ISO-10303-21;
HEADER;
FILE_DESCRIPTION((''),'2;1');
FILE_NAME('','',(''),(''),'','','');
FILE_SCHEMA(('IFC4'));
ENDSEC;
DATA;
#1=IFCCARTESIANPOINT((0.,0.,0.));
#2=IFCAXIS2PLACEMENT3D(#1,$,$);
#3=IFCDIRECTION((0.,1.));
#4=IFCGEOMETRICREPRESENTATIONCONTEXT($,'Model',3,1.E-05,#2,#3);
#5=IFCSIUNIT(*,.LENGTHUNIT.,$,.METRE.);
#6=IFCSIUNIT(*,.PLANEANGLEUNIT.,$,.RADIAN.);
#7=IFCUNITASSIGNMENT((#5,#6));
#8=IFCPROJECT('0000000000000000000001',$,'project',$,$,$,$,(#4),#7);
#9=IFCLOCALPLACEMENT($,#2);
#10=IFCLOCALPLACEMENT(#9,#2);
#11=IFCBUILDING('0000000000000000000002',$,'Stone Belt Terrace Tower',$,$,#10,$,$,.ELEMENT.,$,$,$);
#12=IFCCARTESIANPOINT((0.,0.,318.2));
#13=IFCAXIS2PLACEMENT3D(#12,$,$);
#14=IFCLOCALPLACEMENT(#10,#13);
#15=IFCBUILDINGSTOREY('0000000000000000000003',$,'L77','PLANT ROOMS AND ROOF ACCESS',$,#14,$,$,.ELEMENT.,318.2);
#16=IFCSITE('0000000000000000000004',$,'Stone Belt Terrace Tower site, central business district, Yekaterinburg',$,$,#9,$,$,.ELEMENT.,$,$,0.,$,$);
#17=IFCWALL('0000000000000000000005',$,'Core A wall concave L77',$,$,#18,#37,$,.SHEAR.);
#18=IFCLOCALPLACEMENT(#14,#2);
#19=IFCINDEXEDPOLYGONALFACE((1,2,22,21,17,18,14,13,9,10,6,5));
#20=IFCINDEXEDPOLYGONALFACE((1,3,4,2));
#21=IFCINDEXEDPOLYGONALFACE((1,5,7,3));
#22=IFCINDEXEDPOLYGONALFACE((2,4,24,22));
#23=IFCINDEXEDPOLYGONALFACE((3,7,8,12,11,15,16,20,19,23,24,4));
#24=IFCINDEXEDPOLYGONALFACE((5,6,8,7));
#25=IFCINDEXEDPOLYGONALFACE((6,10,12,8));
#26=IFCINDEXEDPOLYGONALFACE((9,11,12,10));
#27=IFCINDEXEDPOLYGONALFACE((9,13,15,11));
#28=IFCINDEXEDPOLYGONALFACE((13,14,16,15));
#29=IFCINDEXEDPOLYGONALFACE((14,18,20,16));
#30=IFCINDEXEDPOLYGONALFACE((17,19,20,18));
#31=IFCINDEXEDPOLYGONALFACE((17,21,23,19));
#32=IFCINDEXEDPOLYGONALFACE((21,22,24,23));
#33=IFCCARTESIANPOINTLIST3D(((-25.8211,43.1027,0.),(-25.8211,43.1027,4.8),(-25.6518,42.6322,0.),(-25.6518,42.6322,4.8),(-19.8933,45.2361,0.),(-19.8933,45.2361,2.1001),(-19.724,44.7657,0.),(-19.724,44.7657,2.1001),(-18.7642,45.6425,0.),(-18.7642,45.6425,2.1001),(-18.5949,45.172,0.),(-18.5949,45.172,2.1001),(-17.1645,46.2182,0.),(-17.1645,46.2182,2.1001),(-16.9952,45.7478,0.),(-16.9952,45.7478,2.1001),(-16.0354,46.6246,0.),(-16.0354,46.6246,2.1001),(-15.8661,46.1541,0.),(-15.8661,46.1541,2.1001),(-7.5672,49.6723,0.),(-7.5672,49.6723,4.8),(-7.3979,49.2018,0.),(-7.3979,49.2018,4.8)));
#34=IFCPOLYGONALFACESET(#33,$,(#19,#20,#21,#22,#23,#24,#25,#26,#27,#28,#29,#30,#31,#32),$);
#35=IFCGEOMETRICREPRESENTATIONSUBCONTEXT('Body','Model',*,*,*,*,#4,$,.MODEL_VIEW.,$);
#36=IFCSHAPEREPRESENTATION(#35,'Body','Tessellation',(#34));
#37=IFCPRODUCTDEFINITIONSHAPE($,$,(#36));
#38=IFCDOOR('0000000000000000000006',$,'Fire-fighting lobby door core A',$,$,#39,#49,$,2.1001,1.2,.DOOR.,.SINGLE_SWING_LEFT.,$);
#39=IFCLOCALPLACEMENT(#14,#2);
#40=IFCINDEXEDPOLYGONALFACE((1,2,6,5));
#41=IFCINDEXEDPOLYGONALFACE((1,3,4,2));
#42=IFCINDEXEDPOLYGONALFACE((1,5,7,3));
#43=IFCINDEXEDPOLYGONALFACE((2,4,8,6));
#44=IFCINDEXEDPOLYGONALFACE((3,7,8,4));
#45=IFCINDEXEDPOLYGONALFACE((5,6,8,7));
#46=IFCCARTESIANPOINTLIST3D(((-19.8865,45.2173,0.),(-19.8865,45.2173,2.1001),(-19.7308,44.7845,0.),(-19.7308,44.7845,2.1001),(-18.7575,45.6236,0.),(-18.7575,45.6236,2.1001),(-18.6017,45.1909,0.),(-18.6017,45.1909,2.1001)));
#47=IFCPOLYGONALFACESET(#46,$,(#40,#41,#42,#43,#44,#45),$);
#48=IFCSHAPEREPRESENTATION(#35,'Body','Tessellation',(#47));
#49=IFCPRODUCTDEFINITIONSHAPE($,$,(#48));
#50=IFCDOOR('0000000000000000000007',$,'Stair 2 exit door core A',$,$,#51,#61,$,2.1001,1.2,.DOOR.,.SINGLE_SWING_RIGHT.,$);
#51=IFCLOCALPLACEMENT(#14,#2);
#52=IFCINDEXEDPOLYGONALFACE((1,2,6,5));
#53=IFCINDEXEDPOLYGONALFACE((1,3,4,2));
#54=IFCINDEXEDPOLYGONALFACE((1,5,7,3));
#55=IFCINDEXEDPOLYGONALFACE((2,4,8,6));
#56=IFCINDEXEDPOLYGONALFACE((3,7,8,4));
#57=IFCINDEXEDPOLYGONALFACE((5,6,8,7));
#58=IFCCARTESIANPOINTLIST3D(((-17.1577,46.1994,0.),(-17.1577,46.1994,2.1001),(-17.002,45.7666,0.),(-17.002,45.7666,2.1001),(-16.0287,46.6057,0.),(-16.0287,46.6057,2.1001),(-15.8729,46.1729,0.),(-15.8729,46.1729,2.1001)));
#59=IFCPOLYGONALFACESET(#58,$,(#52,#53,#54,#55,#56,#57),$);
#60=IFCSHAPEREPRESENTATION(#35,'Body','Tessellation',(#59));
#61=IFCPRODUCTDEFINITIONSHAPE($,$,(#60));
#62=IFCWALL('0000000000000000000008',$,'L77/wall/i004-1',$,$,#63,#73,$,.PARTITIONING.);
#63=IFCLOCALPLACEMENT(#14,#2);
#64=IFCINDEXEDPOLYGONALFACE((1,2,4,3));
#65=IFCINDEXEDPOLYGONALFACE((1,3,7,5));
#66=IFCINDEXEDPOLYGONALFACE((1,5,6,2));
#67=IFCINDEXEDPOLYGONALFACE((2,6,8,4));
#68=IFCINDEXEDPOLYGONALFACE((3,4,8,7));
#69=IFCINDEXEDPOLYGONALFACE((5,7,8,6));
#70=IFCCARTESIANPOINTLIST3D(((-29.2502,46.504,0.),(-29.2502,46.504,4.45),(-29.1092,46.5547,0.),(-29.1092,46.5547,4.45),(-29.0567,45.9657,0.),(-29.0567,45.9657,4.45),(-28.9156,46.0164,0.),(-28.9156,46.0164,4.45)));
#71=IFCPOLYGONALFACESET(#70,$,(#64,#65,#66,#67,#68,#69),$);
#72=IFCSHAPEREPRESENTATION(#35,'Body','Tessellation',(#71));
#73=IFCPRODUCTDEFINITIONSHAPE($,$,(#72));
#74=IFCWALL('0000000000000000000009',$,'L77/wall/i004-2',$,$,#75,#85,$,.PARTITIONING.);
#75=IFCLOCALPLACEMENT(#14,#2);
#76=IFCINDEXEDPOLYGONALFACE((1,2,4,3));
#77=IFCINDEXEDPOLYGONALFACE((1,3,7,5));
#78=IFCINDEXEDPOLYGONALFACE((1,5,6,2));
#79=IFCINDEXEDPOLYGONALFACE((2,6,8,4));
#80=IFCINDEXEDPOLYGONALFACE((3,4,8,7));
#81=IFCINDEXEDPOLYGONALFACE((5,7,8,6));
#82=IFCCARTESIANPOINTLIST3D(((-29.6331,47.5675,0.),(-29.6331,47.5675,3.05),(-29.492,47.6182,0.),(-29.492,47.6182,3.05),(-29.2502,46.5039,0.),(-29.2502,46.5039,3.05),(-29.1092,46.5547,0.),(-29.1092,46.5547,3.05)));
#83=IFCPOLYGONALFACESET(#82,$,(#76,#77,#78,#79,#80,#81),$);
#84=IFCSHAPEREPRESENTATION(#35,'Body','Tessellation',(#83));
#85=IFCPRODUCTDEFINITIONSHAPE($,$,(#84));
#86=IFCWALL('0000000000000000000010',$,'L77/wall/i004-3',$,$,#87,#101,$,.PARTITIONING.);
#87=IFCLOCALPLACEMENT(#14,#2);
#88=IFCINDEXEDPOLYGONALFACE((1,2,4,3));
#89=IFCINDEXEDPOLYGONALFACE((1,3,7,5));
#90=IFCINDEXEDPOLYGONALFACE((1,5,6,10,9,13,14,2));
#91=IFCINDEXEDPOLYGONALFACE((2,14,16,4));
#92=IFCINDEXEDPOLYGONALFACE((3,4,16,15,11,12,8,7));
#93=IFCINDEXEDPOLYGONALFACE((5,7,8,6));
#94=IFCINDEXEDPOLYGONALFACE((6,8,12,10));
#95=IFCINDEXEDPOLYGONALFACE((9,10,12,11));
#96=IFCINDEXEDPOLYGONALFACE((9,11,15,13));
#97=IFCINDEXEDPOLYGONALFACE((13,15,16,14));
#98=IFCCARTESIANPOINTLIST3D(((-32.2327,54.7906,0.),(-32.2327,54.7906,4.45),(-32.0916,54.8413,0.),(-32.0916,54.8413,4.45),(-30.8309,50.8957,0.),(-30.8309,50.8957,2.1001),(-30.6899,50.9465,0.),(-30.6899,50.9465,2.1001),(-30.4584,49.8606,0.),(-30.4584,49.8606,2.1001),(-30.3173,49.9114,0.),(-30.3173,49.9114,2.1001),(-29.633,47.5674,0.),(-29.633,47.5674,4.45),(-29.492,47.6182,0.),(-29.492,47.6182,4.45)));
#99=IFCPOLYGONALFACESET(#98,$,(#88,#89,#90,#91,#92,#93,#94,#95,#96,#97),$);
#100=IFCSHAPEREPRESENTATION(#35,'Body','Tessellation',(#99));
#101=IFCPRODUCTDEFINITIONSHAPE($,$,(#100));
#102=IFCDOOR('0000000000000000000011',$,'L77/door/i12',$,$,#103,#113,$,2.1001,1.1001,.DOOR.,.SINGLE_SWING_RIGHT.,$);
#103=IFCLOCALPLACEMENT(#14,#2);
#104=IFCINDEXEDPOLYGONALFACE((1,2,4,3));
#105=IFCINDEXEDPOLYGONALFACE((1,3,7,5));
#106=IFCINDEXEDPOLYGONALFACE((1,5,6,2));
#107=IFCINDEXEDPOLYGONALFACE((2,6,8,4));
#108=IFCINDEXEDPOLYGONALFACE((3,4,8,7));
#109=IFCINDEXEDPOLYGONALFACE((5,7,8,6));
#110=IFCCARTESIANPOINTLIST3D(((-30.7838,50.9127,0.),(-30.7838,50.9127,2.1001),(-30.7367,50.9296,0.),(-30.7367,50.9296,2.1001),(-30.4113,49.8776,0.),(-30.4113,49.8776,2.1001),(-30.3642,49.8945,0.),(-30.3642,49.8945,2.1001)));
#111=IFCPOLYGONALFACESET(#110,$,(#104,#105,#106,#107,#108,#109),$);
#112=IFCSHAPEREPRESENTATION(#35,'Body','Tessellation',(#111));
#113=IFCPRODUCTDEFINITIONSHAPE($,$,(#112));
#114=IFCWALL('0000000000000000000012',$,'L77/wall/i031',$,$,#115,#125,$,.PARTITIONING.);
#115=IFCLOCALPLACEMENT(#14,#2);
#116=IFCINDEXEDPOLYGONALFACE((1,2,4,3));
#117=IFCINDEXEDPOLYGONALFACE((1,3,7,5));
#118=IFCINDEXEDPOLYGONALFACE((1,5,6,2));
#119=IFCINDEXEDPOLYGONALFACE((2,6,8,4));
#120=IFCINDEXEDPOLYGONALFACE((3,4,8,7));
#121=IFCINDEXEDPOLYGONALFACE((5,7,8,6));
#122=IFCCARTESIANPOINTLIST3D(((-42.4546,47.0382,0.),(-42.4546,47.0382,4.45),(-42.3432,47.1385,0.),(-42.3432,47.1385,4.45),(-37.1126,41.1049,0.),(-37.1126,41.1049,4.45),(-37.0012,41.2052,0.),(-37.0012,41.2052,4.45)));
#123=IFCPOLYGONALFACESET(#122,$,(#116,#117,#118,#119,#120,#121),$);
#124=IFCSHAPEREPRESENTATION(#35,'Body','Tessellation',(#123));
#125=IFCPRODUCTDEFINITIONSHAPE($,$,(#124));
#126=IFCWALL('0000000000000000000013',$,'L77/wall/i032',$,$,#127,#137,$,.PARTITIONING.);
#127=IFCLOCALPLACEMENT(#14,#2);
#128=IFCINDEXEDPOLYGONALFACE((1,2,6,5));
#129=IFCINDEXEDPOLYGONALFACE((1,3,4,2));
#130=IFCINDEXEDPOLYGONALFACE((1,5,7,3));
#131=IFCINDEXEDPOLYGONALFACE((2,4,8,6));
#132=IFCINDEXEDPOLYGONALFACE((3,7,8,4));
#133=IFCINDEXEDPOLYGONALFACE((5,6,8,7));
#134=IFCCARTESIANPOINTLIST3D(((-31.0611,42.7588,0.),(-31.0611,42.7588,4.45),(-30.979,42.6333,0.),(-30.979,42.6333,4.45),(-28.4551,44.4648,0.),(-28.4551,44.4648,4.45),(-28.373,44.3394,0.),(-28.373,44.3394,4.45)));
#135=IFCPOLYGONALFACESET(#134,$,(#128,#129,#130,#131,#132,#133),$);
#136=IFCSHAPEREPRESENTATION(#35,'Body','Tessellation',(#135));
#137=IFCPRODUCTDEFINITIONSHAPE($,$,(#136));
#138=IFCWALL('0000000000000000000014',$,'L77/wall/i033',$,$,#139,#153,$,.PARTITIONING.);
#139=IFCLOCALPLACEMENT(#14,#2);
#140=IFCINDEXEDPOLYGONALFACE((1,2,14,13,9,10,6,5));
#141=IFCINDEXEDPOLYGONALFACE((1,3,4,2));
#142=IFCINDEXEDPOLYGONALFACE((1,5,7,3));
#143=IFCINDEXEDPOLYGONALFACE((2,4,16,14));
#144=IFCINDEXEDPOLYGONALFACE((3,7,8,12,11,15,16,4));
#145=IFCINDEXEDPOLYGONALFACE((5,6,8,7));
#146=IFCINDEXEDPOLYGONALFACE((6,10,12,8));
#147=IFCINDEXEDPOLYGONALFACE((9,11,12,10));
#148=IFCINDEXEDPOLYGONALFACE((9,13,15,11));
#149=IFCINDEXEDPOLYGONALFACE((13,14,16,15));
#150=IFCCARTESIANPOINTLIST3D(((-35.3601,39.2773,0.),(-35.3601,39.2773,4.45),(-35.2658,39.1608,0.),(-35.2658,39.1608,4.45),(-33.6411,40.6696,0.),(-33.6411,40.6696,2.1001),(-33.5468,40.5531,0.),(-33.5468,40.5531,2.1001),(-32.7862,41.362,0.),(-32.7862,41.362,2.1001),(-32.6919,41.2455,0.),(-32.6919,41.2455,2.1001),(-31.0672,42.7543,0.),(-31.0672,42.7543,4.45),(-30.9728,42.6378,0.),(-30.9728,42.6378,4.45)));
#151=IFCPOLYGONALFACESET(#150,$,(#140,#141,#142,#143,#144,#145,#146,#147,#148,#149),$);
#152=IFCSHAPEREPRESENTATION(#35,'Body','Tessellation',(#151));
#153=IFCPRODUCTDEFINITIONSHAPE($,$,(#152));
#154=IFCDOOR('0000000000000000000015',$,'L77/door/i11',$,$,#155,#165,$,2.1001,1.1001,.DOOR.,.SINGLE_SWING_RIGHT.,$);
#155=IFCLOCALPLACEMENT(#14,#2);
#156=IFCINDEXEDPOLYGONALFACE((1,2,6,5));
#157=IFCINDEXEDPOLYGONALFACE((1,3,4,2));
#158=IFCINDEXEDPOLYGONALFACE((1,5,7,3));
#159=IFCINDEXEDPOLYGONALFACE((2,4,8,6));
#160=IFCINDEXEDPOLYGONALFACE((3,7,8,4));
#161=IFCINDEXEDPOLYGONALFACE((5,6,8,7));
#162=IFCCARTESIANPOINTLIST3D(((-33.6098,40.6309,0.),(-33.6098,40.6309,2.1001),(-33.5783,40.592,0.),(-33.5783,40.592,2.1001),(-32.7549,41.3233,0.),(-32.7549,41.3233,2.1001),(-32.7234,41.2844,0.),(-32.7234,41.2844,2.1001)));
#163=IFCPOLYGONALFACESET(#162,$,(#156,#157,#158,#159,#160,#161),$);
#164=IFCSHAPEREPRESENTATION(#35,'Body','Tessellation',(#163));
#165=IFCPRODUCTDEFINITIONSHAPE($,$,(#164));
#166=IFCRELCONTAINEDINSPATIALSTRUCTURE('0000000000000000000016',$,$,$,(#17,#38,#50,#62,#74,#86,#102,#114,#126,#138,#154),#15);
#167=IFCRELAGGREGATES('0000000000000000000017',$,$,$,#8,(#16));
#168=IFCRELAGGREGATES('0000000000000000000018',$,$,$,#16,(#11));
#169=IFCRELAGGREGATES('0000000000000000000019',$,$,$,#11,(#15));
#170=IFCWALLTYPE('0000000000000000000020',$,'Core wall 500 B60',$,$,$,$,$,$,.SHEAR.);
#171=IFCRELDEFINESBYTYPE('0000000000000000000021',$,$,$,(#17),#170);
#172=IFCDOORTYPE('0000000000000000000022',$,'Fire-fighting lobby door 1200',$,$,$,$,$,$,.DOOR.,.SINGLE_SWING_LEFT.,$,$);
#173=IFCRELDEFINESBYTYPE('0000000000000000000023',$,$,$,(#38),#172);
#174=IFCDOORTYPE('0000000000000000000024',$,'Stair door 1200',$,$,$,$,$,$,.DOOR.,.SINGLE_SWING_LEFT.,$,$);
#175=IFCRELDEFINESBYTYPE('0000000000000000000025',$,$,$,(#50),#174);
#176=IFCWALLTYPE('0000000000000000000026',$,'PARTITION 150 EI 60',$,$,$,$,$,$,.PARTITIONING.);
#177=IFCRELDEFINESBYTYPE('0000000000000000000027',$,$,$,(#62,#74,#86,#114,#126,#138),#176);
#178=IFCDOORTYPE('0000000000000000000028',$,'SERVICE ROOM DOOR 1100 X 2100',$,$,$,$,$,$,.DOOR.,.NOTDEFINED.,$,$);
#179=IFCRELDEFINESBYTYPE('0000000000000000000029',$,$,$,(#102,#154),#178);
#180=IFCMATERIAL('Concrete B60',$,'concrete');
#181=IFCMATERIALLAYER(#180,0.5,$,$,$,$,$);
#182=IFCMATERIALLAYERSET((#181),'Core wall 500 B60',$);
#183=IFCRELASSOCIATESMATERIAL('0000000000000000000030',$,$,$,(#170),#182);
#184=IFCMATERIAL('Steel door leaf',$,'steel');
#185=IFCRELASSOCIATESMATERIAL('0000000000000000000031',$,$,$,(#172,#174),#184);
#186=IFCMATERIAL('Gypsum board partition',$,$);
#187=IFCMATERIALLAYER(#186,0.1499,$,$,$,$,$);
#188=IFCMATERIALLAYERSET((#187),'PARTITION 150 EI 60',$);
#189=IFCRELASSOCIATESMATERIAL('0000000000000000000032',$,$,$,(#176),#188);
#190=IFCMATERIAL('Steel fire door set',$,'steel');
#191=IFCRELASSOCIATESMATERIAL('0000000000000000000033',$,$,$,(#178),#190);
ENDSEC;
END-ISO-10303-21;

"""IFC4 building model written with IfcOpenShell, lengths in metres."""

from ifc_helpers import new_model, si_unit, direction, frame, frame_2d, origin, place, context, subcontext, project, spatial, rectangle, extrude, material, layer, layer_set, type_object, element, fill, save


model = new_model("IFC4")

# Units and contexts
model_context = context("Model", 3, precision=1e-05, world=origin(), true_north=direction((0.0, 1.0)))
body_context = subcontext(model_context, "Body", "Model", "MODEL_VIEW")
ifc_project = project(units=[si_unit("LENGTHUNIT", "METRE"), si_unit("PLANEANGLEUNIT", "RADIAN")], contexts=[model_context])

# Site, building, storey
site_placement = place(None, origin())
site = spatial("IfcSite", under=ifc_project, at=site_placement, Name="Stone Belt Terrace Tower site, central business district, Yekaterinburg", CompositionType="ELEMENT", RefElevation=0.0)
building_placement = place(site_placement, origin())
building = spatial("IfcBuilding", under=site, at=building_placement, Name="Stone Belt Terrace Tower", CompositionType="ELEMENT")
storey_placement = place(building_placement, frame((0.0, 0.0, 318.2)))
storey = spatial("IfcBuildingStorey", under=building, at=storey_placement, Name="L77", Description="PLANT ROOMS AND ROOF ACCESS", CompositionType="ELEMENT", Elevation=318.2)

# Shared definitions
ifc_material_1 = material(Name="Concrete B60", Category="concrete")

# Wall, openings, doors
ifc_layer_1 = layer(ifc_material_1, 0.5)
ifc_layer_set_1 = layer_set([ifc_layer_1], Name="Core wall 500 B60")
wall_type_1 = type_object("IfcWallType", Name="Core wall 500 B60", PredefinedType="SHEAR", material=ifc_layer_set_1)
wall_1_placement = place(storey_placement, frame((-25.7366, 42.8674, 0.0), z_axis=(0.0, 0.0, 1.0), x_axis=(0.940917, 0.338636, 0.0)))
wall_1 = element("IfcWall", 1, at=wall_1_placement, inside=storey, type_object=wall_type_1, Name="Core A wall concave L77", PredefinedType="SHEAR", context=body_context, shape_type="SweptSolid", body=[
    extrude(rectangle(XDim=19.4001, YDim=0.5, at=frame_2d((9.7002, 0.0))), origin(), (0.0, 0.0, 1.0), 4.8),
])
opening_1_placement = place(wall_1_placement, frame((6.3, 0.0, 0.0)))
opening_1 = element("IfcOpeningElement", 2, at=opening_1_placement, cuts=wall_1, PredefinedType="OPENING", context=body_context, shape_type="SweptSolid", body=[
    extrude(rectangle(XDim=1.2, YDim=2.1001, at=frame_2d((0.6001, 1.05))), frame((0.0, 0.26, 0.0), z_axis=(0.0, -1.0, 0.0), x_axis=(1.0, 0.0, 0.0)), (0.0, 0.0, 1.0), 0.52),
])
opening_2_placement = place(wall_1_placement, frame((9.2002, 0.0, 0.0)))
opening_2 = element("IfcOpeningElement", 3, at=opening_2_placement, cuts=wall_1, PredefinedType="OPENING", context=body_context, shape_type="SweptSolid", body=[
    extrude(rectangle(XDim=1.2, YDim=2.1001, at=frame_2d((0.6001, 1.05))), frame((0.0, 0.26, 0.0), z_axis=(0.0, -1.0, 0.0), x_axis=(1.0, 0.0, 0.0)), (0.0, 0.0, 1.0), 0.52),
])
ifc_material_2 = material(Name="Steel door leaf", Category="steel")
door_type_1 = type_object("IfcDoorType", Name="Fire-fighting lobby door 1200", OperationType="SINGLE_SWING_LEFT", PredefinedType="DOOR", material=ifc_material_2)
door_1_placement = place(opening_1_placement, origin())
door_1 = element("IfcDoor", 4, at=door_1_placement, inside=storey, type_object=door_type_1, Name="Fire-fighting lobby door core A", OperationType="SINGLE_SWING_LEFT", OverallHeight=2.1001, OverallWidth=1.2, PredefinedType="DOOR", context=body_context, shape_type="SweptSolid", body=[
    extrude(rectangle(XDim=1.2, YDim=2.1001, at=frame_2d((0.6001, 1.05))), frame((0.0, 0.23, 0.0), z_axis=(0.0, -1.0, 0.0), x_axis=(1.0, 0.0, 0.0)), (0.0, 0.0, 1.0), 0.46),
])
fill(opening_1, door_1)
door_type_2 = type_object("IfcDoorType", Name="Stair door 1200", OperationType="SINGLE_SWING_LEFT", PredefinedType="DOOR", material=ifc_material_2)
door_2_placement = place(opening_2_placement, origin())
door_2 = element("IfcDoor", 5, at=door_2_placement, inside=storey, type_object=door_type_2, Name="Stair 2 exit door core A", OperationType="SINGLE_SWING_RIGHT", OverallHeight=2.1001, OverallWidth=1.2, PredefinedType="DOOR", context=body_context, shape_type="SweptSolid", body=[
    extrude(rectangle(XDim=1.2, YDim=2.1001, at=frame_2d((0.6001, 1.05))), frame((0.0, 0.23, 0.0), z_axis=(0.0, -1.0, 0.0), x_axis=(1.0, 0.0, 0.0)), (0.0, 0.0, 1.0), 0.46),
])
fill(opening_2, door_2)

# Walls
ifc_material_3 = material(Name="Gypsum board partition")
ifc_layer_2 = layer(ifc_material_3, 0.1499)
ifc_layer_set_2 = layer_set([ifc_layer_2], Name="PARTITION 150 EI 60")
wall_type_2 = type_object("IfcWallType", Name="PARTITION 150 EI 60", PredefinedType="PARTITIONING", material=ifc_layer_set_2)
wall_2_placement = place(storey_placement, frame((-28.9861, 45.991, 0.0), z_axis=(0.0, 0.0, 1.0), x_axis=(-0.338417, 0.940996, 0.0)))
element("IfcWall", 6, at=wall_2_placement, inside=storey, type_object=wall_type_2, Name="L77/wall/i004-1", PredefinedType="PARTITIONING", context=body_context, shape_type="SweptSolid", body=[
    extrude(rectangle(XDim=0.572, YDim=0.1499, at=frame_2d((0.2861, 0.0))), origin(), (0.0, 0.0, 1.0), 4.45),
])
wall_3_placement = place(storey_placement, frame((-29.1797, 46.5293, 0.0), z_axis=(0.0, 0.0, 1.0), x_axis=(-0.338689, 0.940898, 0.0)))
element("IfcWall", 7, at=wall_3_placement, inside=storey, type_object=wall_type_2, Name="L77/wall/i004-2", PredefinedType="PARTITIONING", context=body_context, shape_type="SweptSolid", body=[
    extrude(rectangle(XDim=1.1304, YDim=0.1499, at=frame_2d((0.5652, 0.0))), origin(), (0.0, 0.0, 1.0), 3.05),
])

# Wall, opening, door
wall_4_placement = place(storey_placement, frame((-29.5625, 47.5928, 0.0), z_axis=(0.0, 0.0, 1.0), x_axis=(-0.338636, 0.940917, 0.0)))
wall_4 = element("IfcWall", 8, at=wall_4_placement, inside=storey, type_object=wall_type_2, Name="L77/wall/i004-3", PredefinedType="PARTITIONING", context=body_context, shape_type="SweptSolid", body=[
    extrude(rectangle(XDim=7.6768, YDim=0.1499, at=frame_2d((3.8384, 0.0))), origin(), (0.0, 0.0, 1.0), 4.45),
])
opening_3_placement = place(wall_4_placement, frame((2.4373, 0.0, 0.0)))
opening_3 = element("IfcOpeningElement", 9, at=opening_3_placement, cuts=wall_4, PredefinedType="OPENING", context=body_context, shape_type="SweptSolid", body=[
    extrude(rectangle(XDim=1.1001, YDim=2.1001, at=frame_2d((0.55, 1.05))), frame((0.0, 0.085, 0.0), z_axis=(0.0, -1.0, 0.0), x_axis=(1.0, 0.0, 0.0)), (0.0, 0.0, 1.0), 0.1699),
])
ifc_material_4 = material(Name="Steel fire door set", Category="steel")
door_type_3 = type_object("IfcDoorType", Name="SERVICE ROOM DOOR 1100 X 2100", OperationType="NOTDEFINED", PredefinedType="DOOR", material=ifc_material_4)
door_3_placement = place(opening_3_placement, origin())
door_3 = element("IfcDoor", 10, at=door_3_placement, inside=storey, type_object=door_type_3, Name="L77/door/i12", OperationType="SINGLE_SWING_RIGHT", OverallHeight=2.1001, OverallWidth=1.1001, PredefinedType="DOOR", context=body_context, shape_type="SweptSolid", body=[
    extrude(rectangle(XDim=1.1001, YDim=2.1001, at=frame_2d((0.55, 1.05))), frame((0.0, 0.0249, 0.0), z_axis=(0.0, -1.0, 0.0), x_axis=(1.0, 0.0, 0.0)), (0.0, 0.0, 1.0), 0.05),
])
fill(opening_3, door_3)

# Walls
wall_5_placement = place(storey_placement, frame((-42.3989, 47.0884, 0.0), z_axis=(0.0, 0.0, 1.0), x_axis=(0.669105, -0.743168, 0.0)))
element("IfcWall", 11, at=wall_5_placement, inside=storey, type_object=wall_type_2, Name="L77/wall/i031", PredefinedType="PARTITIONING", context=body_context, shape_type="SweptSolid", body=[
    extrude(rectangle(XDim=7.9839, YDim=0.1499, at=frame_2d((3.9919, 0.0))), origin(), (0.0, 0.0, 1.0), 4.45),
])
wall_6_placement = place(storey_placement, frame((-28.4141, 44.4021, 0.0), z_axis=(0.0, 0.0, 1.0), x_axis=(-0.836652, -0.547735, 0.0)))
element("IfcWall", 12, at=wall_6_placement, inside=storey, type_object=wall_type_2, Name="L77/wall/i032", PredefinedType="PARTITIONING", context=body_context, shape_type="SweptSolid", body=[
    extrude(rectangle(XDim=3.1147, YDim=0.1499, at=frame_2d((1.5574, 0.0))), origin(), (0.0, 0.0, 1.0), 4.45),
])

# Wall, opening, door
wall_7_placement = place(storey_placement, frame((-31.02, 42.696, 0.0), z_axis=(0.0, 0.0, 1.0), x_axis=(-0.777086, -0.629394, 0.0)))
wall_7 = element("IfcWall", 13, at=wall_7_placement, inside=storey, type_object=wall_type_2, Name="L77/wall/i033", PredefinedType="PARTITIONING", context=body_context, shape_type="SweptSolid", body=[
    extrude(rectangle(XDim=5.5244, YDim=0.1499, at=frame_2d((2.7622, 0.0))), origin(), (0.0, 0.0, 1.0), 4.45),
])
opening_4_placement = place(wall_7_placement, frame((2.2122, 0.0, 0.0)))
opening_4 = element("IfcOpeningElement", 14, at=opening_4_placement, cuts=wall_7, PredefinedType="OPENING", context=body_context, shape_type="SweptSolid", body=[
    extrude(rectangle(XDim=1.1001, YDim=2.1001, at=frame_2d((0.55, 1.05))), frame((0.0, 0.085, 0.0), z_axis=(0.0, -1.0, 0.0), x_axis=(1.0, 0.0, 0.0)), (0.0, 0.0, 1.0), 0.1699),
])
door_4_placement = place(opening_4_placement, origin())
door_4 = element("IfcDoor", 15, at=door_4_placement, inside=storey, type_object=door_type_3, Name="L77/door/i11", OperationType="SINGLE_SWING_RIGHT", OverallHeight=2.1001, OverallWidth=1.1001, PredefinedType="DOOR", context=body_context, shape_type="SweptSolid", body=[
    extrude(rectangle(XDim=1.1001, YDim=2.1001, at=frame_2d((0.55, 1.05))), frame((0.0, 0.0249, 0.0), z_axis=(0.0, -1.0, 0.0), x_axis=(1.0, 0.0, 0.0)), (0.0, 0.0, 1.0), 0.05),
])
fill(opening_4, door_4)

save(model, "model.ifc")
